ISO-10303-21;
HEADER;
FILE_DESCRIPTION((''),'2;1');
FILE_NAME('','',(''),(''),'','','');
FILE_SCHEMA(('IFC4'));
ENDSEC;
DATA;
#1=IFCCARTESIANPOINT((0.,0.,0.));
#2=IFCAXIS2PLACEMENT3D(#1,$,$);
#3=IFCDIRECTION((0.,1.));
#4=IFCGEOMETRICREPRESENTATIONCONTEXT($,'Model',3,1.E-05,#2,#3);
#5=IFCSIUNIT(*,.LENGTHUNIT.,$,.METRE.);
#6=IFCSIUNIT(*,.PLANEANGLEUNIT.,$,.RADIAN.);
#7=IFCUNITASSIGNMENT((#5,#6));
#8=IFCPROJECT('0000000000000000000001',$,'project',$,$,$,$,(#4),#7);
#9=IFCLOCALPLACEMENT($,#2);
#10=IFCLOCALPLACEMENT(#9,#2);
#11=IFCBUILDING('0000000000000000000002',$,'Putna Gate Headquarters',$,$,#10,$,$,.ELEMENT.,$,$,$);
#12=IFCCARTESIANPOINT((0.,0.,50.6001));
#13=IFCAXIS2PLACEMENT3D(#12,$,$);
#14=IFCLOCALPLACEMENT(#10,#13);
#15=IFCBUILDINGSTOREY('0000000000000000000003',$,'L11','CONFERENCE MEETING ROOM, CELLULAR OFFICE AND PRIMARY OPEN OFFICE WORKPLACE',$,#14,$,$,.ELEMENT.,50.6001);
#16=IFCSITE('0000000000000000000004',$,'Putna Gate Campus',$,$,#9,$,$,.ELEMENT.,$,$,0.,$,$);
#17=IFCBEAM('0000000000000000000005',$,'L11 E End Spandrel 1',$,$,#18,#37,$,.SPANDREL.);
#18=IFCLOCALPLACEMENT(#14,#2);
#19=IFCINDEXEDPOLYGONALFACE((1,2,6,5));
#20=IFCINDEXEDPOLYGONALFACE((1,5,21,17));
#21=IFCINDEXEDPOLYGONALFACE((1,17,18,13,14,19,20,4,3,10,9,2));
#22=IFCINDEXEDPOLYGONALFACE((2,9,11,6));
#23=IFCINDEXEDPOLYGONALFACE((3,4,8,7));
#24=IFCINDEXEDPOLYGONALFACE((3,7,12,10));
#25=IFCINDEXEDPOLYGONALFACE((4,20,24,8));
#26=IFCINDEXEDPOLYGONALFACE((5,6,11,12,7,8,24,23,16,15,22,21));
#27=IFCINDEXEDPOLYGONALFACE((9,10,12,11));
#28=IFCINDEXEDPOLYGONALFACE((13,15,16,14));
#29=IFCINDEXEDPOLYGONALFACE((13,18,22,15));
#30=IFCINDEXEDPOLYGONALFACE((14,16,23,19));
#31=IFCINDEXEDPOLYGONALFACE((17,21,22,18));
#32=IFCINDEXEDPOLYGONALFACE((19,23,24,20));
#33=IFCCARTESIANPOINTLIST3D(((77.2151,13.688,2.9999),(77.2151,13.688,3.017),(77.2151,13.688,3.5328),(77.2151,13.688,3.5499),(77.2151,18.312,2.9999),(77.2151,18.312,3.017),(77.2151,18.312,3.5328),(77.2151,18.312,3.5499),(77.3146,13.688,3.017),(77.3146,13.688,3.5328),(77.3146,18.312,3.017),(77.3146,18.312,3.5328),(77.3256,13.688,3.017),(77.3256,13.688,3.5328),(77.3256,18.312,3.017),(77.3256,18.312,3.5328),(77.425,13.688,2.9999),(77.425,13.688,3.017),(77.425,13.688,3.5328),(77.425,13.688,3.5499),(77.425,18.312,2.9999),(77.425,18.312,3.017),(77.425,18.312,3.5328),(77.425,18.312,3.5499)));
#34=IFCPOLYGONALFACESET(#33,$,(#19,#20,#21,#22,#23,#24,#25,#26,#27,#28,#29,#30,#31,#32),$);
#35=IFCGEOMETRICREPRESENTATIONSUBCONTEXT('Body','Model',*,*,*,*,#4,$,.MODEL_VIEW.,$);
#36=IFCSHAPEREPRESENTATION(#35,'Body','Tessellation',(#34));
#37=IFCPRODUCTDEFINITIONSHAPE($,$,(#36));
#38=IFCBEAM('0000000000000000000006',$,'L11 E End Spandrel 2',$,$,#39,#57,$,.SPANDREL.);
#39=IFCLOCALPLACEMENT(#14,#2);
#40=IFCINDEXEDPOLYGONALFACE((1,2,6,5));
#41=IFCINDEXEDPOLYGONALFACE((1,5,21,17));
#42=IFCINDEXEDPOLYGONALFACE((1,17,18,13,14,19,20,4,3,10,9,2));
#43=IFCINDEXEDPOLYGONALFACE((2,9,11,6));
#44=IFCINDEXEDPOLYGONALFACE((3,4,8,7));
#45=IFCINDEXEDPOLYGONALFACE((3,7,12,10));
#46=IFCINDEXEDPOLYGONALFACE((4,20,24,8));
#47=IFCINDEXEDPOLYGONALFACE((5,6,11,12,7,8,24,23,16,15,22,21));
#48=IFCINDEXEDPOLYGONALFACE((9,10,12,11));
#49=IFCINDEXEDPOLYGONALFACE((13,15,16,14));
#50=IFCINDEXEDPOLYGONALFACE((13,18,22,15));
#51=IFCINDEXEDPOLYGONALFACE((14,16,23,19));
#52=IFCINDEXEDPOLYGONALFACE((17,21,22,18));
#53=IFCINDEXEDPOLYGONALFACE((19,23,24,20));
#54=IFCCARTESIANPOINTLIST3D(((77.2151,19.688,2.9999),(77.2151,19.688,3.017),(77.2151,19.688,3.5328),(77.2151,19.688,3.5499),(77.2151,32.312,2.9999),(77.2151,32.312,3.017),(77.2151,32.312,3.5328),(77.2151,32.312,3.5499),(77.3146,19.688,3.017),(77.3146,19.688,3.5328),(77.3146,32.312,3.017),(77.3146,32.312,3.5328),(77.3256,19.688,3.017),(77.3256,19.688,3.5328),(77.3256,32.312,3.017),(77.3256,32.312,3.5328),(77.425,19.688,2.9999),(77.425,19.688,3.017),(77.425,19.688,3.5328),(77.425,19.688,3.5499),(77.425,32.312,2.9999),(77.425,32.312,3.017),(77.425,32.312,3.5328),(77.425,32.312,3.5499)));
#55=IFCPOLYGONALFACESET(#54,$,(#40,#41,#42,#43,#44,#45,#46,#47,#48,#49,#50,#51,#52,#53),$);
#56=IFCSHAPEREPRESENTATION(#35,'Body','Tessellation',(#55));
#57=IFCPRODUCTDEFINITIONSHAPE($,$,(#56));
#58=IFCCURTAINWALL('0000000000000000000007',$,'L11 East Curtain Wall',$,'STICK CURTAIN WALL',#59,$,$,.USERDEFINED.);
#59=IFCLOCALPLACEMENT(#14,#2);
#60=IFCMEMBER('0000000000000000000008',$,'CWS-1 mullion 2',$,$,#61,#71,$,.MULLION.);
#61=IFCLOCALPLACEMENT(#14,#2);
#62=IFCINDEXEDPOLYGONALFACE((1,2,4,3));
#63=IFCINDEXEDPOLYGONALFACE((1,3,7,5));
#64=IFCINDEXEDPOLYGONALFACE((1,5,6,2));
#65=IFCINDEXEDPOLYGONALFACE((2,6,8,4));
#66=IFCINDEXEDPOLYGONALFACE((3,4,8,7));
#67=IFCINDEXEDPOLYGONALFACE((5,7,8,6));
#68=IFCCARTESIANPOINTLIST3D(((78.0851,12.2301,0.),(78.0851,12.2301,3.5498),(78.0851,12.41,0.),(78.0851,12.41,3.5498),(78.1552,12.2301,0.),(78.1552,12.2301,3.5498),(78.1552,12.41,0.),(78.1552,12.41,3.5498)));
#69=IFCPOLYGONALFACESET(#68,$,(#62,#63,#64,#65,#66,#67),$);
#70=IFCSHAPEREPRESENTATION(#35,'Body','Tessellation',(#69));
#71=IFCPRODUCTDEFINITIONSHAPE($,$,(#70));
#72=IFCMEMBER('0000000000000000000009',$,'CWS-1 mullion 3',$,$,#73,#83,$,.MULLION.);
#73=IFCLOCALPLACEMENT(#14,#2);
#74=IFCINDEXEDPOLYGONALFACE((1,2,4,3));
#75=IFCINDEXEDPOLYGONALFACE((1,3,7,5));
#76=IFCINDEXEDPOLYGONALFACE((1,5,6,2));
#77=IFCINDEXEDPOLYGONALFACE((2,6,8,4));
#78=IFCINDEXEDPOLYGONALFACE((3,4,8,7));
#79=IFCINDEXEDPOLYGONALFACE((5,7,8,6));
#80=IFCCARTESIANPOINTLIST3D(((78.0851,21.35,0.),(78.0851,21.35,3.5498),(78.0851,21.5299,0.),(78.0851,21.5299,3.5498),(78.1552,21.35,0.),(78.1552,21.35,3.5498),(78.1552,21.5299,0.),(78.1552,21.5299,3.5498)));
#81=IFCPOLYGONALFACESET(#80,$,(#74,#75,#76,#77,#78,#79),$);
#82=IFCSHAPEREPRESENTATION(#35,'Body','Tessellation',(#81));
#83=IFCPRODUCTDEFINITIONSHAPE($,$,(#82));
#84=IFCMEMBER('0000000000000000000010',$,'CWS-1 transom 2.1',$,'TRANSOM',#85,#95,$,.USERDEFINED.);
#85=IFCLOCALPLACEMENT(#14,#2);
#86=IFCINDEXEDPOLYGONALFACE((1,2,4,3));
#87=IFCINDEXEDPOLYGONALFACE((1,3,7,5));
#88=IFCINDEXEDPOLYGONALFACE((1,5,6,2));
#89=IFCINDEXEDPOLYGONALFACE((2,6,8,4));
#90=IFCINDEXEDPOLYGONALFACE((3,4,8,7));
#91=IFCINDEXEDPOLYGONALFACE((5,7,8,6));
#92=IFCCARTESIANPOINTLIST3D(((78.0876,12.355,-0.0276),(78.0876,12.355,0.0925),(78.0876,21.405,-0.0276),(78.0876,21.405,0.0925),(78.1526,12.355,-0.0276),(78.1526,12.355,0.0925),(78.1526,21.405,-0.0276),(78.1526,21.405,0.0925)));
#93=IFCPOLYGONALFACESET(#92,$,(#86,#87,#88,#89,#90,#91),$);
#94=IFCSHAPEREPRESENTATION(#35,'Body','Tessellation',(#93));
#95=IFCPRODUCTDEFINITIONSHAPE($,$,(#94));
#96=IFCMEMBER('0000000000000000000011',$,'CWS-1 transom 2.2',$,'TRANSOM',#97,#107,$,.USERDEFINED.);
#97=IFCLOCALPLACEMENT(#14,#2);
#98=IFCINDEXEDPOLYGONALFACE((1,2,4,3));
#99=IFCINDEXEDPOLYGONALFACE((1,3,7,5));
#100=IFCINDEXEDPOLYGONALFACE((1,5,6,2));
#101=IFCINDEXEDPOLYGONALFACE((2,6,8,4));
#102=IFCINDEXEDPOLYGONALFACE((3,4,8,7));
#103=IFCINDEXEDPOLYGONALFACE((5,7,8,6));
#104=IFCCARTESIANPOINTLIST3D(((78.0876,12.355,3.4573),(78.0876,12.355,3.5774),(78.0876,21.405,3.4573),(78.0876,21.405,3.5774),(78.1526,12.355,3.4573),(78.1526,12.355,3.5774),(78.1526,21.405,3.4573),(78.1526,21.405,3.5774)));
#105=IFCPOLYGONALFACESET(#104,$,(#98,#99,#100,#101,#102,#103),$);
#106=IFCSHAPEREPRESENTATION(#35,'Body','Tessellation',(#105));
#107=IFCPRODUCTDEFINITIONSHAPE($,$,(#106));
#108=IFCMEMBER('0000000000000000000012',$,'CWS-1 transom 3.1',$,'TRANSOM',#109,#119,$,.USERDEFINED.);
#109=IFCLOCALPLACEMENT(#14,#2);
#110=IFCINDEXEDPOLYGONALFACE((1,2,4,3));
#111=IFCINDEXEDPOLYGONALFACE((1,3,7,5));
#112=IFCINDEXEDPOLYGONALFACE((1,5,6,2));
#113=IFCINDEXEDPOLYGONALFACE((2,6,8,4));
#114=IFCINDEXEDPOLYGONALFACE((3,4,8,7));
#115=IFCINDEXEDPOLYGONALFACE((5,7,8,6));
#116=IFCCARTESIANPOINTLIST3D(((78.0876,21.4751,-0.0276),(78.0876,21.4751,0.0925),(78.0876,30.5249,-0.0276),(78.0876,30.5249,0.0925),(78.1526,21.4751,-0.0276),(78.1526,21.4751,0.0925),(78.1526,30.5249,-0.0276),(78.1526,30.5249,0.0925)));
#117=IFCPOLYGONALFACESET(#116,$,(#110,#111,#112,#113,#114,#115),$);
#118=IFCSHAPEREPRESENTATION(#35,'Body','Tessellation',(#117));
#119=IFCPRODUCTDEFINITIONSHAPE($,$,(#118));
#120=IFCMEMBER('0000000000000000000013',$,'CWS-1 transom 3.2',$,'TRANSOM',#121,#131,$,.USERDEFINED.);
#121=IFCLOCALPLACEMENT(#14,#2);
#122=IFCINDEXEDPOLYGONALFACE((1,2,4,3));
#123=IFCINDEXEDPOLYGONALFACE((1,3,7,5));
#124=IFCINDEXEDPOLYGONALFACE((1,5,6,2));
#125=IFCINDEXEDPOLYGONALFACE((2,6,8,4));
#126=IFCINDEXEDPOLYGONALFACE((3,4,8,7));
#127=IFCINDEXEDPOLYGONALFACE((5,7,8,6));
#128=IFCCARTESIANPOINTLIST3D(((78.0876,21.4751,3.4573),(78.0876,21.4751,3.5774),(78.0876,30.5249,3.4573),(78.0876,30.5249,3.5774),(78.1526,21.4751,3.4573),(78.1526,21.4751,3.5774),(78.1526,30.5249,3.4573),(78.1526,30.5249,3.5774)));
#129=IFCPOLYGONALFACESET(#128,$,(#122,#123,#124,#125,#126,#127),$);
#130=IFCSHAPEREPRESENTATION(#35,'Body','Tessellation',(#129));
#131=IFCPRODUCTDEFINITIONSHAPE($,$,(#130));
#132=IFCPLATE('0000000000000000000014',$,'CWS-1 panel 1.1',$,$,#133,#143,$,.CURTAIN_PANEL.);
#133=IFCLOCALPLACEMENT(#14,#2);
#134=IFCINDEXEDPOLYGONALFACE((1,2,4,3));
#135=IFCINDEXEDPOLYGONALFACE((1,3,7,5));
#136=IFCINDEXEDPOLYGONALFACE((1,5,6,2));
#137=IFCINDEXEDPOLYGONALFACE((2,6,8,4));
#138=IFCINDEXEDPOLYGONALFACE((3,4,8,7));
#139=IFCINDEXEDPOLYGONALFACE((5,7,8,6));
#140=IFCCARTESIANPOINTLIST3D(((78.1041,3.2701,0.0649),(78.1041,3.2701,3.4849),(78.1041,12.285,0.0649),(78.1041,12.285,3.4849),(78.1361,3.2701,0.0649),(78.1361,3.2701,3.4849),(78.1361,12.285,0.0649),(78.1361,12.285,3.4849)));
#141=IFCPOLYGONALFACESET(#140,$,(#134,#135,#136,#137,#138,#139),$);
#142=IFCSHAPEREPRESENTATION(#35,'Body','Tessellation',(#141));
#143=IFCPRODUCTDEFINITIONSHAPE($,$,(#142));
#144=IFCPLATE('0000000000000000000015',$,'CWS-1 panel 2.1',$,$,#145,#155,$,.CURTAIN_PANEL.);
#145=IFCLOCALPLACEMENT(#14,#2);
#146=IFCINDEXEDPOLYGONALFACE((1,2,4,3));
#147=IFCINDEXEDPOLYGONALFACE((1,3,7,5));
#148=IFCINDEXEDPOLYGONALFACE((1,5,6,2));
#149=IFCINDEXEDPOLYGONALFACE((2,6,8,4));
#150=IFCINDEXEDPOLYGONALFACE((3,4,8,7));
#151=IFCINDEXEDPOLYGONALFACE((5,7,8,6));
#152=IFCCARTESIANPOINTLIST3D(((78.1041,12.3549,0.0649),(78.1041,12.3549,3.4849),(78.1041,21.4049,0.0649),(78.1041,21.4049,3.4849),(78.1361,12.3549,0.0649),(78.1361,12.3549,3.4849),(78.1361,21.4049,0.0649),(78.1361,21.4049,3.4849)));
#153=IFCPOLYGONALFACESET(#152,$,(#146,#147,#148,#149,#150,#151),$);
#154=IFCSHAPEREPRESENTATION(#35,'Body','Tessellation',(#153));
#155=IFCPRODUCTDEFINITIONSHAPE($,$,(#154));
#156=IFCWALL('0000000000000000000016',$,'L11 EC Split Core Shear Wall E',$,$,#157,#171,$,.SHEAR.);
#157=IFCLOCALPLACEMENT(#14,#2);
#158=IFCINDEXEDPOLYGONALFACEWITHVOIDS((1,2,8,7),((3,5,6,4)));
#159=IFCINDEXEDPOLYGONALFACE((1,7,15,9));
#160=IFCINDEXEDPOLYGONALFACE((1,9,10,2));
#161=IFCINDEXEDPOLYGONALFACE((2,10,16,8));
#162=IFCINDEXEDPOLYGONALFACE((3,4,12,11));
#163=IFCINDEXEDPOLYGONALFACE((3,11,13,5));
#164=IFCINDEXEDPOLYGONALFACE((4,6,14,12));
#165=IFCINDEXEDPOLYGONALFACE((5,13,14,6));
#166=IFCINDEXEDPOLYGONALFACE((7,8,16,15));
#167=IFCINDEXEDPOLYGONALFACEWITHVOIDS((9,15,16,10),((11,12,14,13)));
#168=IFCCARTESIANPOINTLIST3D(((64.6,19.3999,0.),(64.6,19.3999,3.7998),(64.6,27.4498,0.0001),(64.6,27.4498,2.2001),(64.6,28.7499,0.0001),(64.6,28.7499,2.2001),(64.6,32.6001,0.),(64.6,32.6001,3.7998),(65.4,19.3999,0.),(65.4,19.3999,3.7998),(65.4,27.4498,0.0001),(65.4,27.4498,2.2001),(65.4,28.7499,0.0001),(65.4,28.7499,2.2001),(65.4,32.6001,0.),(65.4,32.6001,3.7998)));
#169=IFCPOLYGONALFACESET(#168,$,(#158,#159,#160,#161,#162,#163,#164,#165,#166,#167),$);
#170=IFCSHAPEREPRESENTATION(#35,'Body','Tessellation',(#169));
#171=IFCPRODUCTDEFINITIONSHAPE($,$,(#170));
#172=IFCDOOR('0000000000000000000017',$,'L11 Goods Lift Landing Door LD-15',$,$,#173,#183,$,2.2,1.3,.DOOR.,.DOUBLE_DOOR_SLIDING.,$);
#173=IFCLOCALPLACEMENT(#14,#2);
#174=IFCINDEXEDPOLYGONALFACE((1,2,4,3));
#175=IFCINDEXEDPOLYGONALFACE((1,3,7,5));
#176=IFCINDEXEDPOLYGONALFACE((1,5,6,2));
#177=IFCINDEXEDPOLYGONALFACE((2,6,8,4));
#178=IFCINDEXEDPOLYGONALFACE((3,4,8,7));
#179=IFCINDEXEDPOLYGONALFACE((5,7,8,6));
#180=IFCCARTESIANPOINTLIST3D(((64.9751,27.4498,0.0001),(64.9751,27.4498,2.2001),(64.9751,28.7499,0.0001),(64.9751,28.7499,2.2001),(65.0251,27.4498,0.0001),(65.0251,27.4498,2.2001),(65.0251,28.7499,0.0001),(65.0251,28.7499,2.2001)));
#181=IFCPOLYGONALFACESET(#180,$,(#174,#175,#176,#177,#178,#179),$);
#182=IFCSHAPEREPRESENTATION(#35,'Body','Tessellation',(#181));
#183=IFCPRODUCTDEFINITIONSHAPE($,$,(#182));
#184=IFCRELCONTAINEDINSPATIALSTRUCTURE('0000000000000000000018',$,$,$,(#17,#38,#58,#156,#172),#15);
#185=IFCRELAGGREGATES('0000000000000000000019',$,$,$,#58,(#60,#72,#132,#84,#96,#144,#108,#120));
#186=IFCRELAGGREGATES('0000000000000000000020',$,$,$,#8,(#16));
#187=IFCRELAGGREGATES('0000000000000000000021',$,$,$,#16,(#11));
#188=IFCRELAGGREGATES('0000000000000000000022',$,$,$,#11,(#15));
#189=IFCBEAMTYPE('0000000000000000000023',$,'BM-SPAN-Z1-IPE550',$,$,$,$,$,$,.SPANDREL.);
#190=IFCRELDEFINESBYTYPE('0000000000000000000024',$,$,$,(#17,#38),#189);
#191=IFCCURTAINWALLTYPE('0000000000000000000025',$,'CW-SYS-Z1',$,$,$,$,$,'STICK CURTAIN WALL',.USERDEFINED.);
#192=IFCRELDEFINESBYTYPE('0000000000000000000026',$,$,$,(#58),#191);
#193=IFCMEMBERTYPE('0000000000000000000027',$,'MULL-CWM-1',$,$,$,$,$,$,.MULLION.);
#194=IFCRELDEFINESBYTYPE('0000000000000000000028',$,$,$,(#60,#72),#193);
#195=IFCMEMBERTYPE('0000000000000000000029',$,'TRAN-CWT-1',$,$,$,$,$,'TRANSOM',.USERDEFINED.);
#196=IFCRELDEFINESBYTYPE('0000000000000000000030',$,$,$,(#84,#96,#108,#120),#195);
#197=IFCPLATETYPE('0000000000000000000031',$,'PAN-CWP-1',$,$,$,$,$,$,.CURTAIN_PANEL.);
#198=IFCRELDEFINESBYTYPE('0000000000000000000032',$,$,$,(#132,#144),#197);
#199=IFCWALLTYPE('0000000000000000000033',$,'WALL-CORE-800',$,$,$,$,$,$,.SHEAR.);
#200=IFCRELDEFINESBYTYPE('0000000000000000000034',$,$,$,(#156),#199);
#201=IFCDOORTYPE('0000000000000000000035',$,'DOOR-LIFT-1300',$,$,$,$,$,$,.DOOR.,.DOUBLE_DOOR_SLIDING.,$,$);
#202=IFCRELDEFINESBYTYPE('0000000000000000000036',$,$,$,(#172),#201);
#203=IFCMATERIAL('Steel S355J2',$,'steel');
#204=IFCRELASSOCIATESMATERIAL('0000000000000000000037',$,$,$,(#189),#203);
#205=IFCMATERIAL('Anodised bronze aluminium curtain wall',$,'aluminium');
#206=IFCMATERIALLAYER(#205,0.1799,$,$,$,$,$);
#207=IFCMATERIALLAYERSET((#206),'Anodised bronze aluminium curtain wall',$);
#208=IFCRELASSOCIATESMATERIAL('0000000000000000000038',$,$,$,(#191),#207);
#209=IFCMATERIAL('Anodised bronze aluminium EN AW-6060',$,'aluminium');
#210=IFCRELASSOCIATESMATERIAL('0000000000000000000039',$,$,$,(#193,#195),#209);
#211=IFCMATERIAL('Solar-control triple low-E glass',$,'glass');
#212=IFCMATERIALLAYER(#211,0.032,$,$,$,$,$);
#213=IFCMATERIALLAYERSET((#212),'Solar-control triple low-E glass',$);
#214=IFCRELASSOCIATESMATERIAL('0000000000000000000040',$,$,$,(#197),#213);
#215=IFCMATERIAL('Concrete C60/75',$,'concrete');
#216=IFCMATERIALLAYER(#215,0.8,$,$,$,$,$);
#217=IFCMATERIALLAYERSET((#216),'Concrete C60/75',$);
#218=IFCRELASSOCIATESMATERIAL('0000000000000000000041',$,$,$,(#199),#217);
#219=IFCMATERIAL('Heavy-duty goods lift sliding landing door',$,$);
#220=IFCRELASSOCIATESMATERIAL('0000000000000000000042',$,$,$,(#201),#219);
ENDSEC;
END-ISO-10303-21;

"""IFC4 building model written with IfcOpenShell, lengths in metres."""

from ifc_helpers import new_model, si_unit, direction, frame, frame_2d, origin, origin_2d, place, context, subcontext, project, spatial, rectangle, i_section, extrude, material, layer, layer_set, material_profile, profile_set, type_object, element, fill, aggregate, save


model = new_model("IFC4")

# Units and contexts
model_context = context("Model", 3, precision=1e-05, world=origin(), true_north=direction((0.0, 1.0)))
body_context = subcontext(model_context, "Body", "Model", "MODEL_VIEW")
ifc_project = project(units=[si_unit("LENGTHUNIT", "METRE"), si_unit("PLANEANGLEUNIT", "RADIAN")], contexts=[model_context])

# Site, building, storey
site_placement = place(None, origin())
site = spatial("IfcSite", under=ifc_project, at=site_placement, Name="Putna Gate Campus", CompositionType="ELEMENT", RefElevation=0.0)
building_placement = place(site_placement, origin())
building = spatial("IfcBuilding", under=site, at=building_placement, Name="Putna Gate Headquarters", CompositionType="ELEMENT")
storey_placement = place(building_placement, frame((0.0, 0.0, 50.6001)))
storey = spatial("IfcBuildingStorey", under=building, at=storey_placement, Name="L11", Description="CONFERENCE MEETING ROOM, CELLULAR OFFICE AND PRIMARY OPEN OFFICE WORKPLACE", CompositionType="ELEMENT", Elevation=50.6001)

# Shared definitions
ifc_material_1 = material(Name="Concrete C60/75", Category="concrete")

# Beams
ifc_material_2 = material(Name="Steel S355J2", Category="steel")
ifc_material_profile_1 = material_profile(ifc_material_2, i_section(OverallWidth=0.21, OverallDepth=0.55, WebThickness=0.011, FlangeThickness=0.0171, at=origin_2d()), Name="Steel S355J2")
ifc_profile_set_1 = profile_set([ifc_material_profile_1], Name="Steel S355J2")
beam_type_1 = type_object("IfcBeamType", Name="BM-SPAN-Z1-IPE550", PredefinedType="SPANDREL", material=ifc_profile_set_1)
beam_1_placement = place(storey_placement, frame((77.3201, 13.688, 3.2749), z_axis=(0.0, 1.0, 0.0), x_axis=(-1.0, 0.0, 0.0)))
element("IfcBeam", 1, at=beam_1_placement, inside=storey, type_object=beam_type_1, Name="L11 E End Spandrel 1", PredefinedType="SPANDREL", context=body_context, shape_type="SweptSolid", body=[
    extrude(i_section(OverallWidth=0.21, OverallDepth=0.55, WebThickness=0.011, FlangeThickness=0.0171, at=origin_2d()), origin(), (0.0, 0.0, 1.0), 4.624),
])
beam_2_placement = place(storey_placement, frame((77.3201, 19.688, 3.2749), z_axis=(0.0, 1.0, 0.0), x_axis=(-1.0, 0.0, 0.0)))
element("IfcBeam", 2, at=beam_2_placement, inside=storey, type_object=beam_type_1, Name="L11 E End Spandrel 2", PredefinedType="SPANDREL", context=body_context, shape_type="SweptSolid", body=[
    extrude(i_section(OverallWidth=0.21, OverallDepth=0.55, WebThickness=0.011, FlangeThickness=0.0171, at=origin_2d()), origin(), (0.0, 0.0, 1.0), 12.624),
])

# Curtain wall, members, plates
ifc_material_3 = material(Name="Anodised bronze aluminium curtain wall", Category="aluminium")
ifc_layer_1 = layer(ifc_material_3, 0.1799)
ifc_layer_set_1 = layer_set([ifc_layer_1], Name="Anodised bronze aluminium curtain wall")
curtain_wall_type = type_object("IfcCurtainWallType", Name="CW-SYS-Z1", ElementType="STICK CURTAIN WALL", PredefinedType="USERDEFINED", material=ifc_layer_set_1)
curtain_wall_placement = place(storey_placement, origin())
curtain_wall = element("IfcCurtainWall", 3, at=curtain_wall_placement, inside=storey, type_object=curtain_wall_type, Name="L11 East Curtain Wall", ObjectType="STICK CURTAIN WALL", PredefinedType="USERDEFINED")
ifc_material_4 = material(Name="Anodised bronze aluminium EN AW-6060", Category="aluminium")
ifc_material_profile_2 = material_profile(ifc_material_4, rectangle(XDim=0.0701, YDim=0.1799, at=origin_2d()), Name="Anodised bronze aluminium EN AW-6060")
ifc_profile_set_2 = profile_set([ifc_material_profile_2], Name="Anodised bronze aluminium EN AW-6060")
member_type_1 = type_object("IfcMemberType", Name="MULL-CWM-1", PredefinedType="MULLION", material=ifc_profile_set_2)
member_1_placement = place(storey_placement, frame((78.1201, 12.3201, 0.0), z_axis=(0.0, 0.0, 1.0), x_axis=(-1.0, 0.0, 0.0)))
member_1 = element("IfcMember", 4, at=member_1_placement, type_object=member_type_1, Name="CWS-1 mullion 2", PredefinedType="MULLION", context=body_context, shape_type="SweptSolid", body=[
    extrude(rectangle(XDim=0.0701, YDim=0.1799, at=origin_2d()), origin(), (0.0, 0.0, 1.0), 3.5498),
])
member_2_placement = place(storey_placement, frame((78.1201, 21.4399, 0.0), z_axis=(0.0, 0.0, 1.0), x_axis=(-1.0, 0.0, 0.0)))
member_2 = element("IfcMember", 5, at=member_2_placement, type_object=member_type_1, Name="CWS-1 mullion 3", PredefinedType="MULLION", context=body_context, shape_type="SweptSolid", body=[
    extrude(rectangle(XDim=0.0701, YDim=0.1799, at=origin_2d()), origin(), (0.0, 0.0, 1.0), 3.5498),
])
ifc_material_profile_3 = material_profile(ifc_material_4, rectangle(XDim=0.0649, YDim=0.1201, at=origin_2d()), Name="Anodised bronze aluminium EN AW-6060")
ifc_profile_set_3 = profile_set([ifc_material_profile_3], Name="Anodised bronze aluminium EN AW-6060")
member_type_2 = type_object("IfcMemberType", Name="TRAN-CWT-1", ElementType="TRANSOM", PredefinedType="USERDEFINED", material=ifc_profile_set_3)
member_3_placement = place(storey_placement, frame((78.1201, 12.355, 0.0325), z_axis=(0.0, 1.0, 0.0), x_axis=(-1.0, 0.0, 0.0)))
member_3 = element("IfcMember", 6, at=member_3_placement, type_object=member_type_2, Name="CWS-1 transom 2.1", ObjectType="TRANSOM", PredefinedType="USERDEFINED", context=body_context, shape_type="SweptSolid", body=[
    extrude(rectangle(XDim=0.0649, YDim=0.1201, at=origin_2d()), origin(), (0.0, 0.0, 1.0), 9.05),
])
member_4_placement = place(storey_placement, frame((78.1201, 12.355, 3.5173), z_axis=(0.0, 1.0, 0.0), x_axis=(-1.0, 0.0, 0.0)))
member_4 = element("IfcMember", 7, at=member_4_placement, type_object=member_type_2, Name="CWS-1 transom 2.2", ObjectType="TRANSOM", PredefinedType="USERDEFINED", context=body_context, shape_type="SweptSolid", body=[
    extrude(rectangle(XDim=0.0649, YDim=0.1201, at=origin_2d()), origin(), (0.0, 0.0, 1.0), 9.05),
])
member_5_placement = place(storey_placement, frame((78.1201, 21.4751, 0.0325), z_axis=(0.0, 1.0, 0.0), x_axis=(-1.0, 0.0, 0.0)))
member_5 = element("IfcMember", 8, at=member_5_placement, type_object=member_type_2, Name="CWS-1 transom 3.1", ObjectType="TRANSOM", PredefinedType="USERDEFINED", context=body_context, shape_type="SweptSolid", body=[
    extrude(rectangle(XDim=0.0649, YDim=0.1201, at=origin_2d()), origin(), (0.0, 0.0, 1.0), 9.0498),
])
member_6_placement = place(storey_placement, frame((78.1201, 21.4751, 3.5173), z_axis=(0.0, 1.0, 0.0), x_axis=(-1.0, 0.0, 0.0)))
member_6 = element("IfcMember", 9, at=member_6_placement, type_object=member_type_2, Name="CWS-1 transom 3.2", ObjectType="TRANSOM", PredefinedType="USERDEFINED", context=body_context, shape_type="SweptSolid", body=[
    extrude(rectangle(XDim=0.0649, YDim=0.1201, at=origin_2d()), origin(), (0.0, 0.0, 1.0), 9.0498),
])
ifc_material_5 = material(Name="Solar-control triple low-E glass", Category="glass")
ifc_layer_2 = layer(ifc_material_5, 0.032)
ifc_layer_set_2 = layer_set([ifc_layer_2], Name="Solar-control triple low-E glass")
plate_type = type_object("IfcPlateType", Name="PAN-CWP-1", PredefinedType="CURTAIN_PANEL", material=ifc_layer_set_2)
plate_1_placement = place(storey_placement, frame((78.1201, 7.7776, 0.0649), z_axis=(0.0, 0.0, 1.0), x_axis=(0.0, 1.0, 0.0)))
plate_1 = element("IfcPlate", 10, at=plate_1_placement, type_object=plate_type, Name="CWS-1 panel 1.1", PredefinedType="CURTAIN_PANEL", context=body_context, shape_type="SweptSolid", body=[
    extrude(rectangle(XDim=9.0149, YDim=0.032, at=origin_2d()), origin(), (0.0, 0.0, 1.0), 3.4199),
])
plate_2_placement = place(storey_placement, frame((78.1201, 16.8799, 0.0649), z_axis=(0.0, 0.0, 1.0), x_axis=(0.0, 1.0, 0.0)))
plate_2 = element("IfcPlate", 11, at=plate_2_placement, type_object=plate_type, Name="CWS-1 panel 2.1", PredefinedType="CURTAIN_PANEL", context=body_context, shape_type="SweptSolid", body=[
    extrude(rectangle(XDim=9.05, YDim=0.032, at=origin_2d()), origin(), (0.0, 0.0, 1.0), 3.4199),
])
aggregate(curtain_wall, [member_1, member_2, plate_1, member_3, member_4, plate_2, member_5, member_6])

# Wall, opening, door
ifc_layer_3 = layer(ifc_material_1, 0.8)
ifc_layer_set_3 = layer_set([ifc_layer_3], Name="Concrete C60/75")
wall_type_1 = type_object("IfcWallType", Name="WALL-CORE-800", PredefinedType="SHEAR", material=ifc_layer_set_3)
wall_1_placement = place(storey_placement, frame((65.0, 19.3999, 0.0), z_axis=(0.0, 0.0, 1.0), x_axis=(0.0, 1.0, 0.0)))
wall_1 = element("IfcWall", 12, at=wall_1_placement, inside=storey, type_object=wall_type_1, Name="L11 EC Split Core Shear Wall E", PredefinedType="SHEAR", context=body_context, shape_type="SweptSolid", body=[
    extrude(rectangle(XDim=13.2002, YDim=0.8, at=frame_2d((6.6001, 0.0))), origin(), (0.0, 0.0, 1.0), 3.7998),
])
opening_1_placement = place(wall_1_placement, frame((8.05, 0.0, 0.0)))
opening_1 = element("IfcOpeningElement", 13, at=opening_1_placement, cuts=wall_1, PredefinedType="OPENING", context=body_context, shape_type="SweptSolid", body=[
    extrude(rectangle(XDim=1.3, YDim=2.2, at=frame_2d((0.6499, 1.1001))), frame((0.0, 0.4099, 0.0), z_axis=(0.0, -1.0, 0.0), x_axis=(1.0, 0.0, 0.0)), (0.0, 0.0, 1.0), 0.8201),
])
ifc_material_6 = material(Name="Heavy-duty goods lift sliding landing door")
door_type_1 = type_object("IfcDoorType", Name="DOOR-LIFT-1300", OperationType="DOUBLE_DOOR_SLIDING", PredefinedType="DOOR", material=ifc_material_6)
door_1_placement = place(opening_1_placement, origin())
door_1 = element("IfcDoor", 14, at=door_1_placement, inside=storey, type_object=door_type_1, Name="L11 Goods Lift Landing Door LD-15", OperationType="DOUBLE_DOOR_SLIDING", OverallHeight=2.2, OverallWidth=1.3, PredefinedType="DOOR", context=body_context, shape_type="SweptSolid", body=[
    extrude(rectangle(XDim=1.3, YDim=2.2, at=frame_2d((0.6499, 1.1001))), frame((0.0, 0.0249, 0.0), z_axis=(0.0, -1.0, 0.0), x_axis=(1.0, 0.0, 0.0)), (0.0, 0.0, 1.0), 0.05),
])
fill(opening_1, door_1)

save(model, "model.ifc")
